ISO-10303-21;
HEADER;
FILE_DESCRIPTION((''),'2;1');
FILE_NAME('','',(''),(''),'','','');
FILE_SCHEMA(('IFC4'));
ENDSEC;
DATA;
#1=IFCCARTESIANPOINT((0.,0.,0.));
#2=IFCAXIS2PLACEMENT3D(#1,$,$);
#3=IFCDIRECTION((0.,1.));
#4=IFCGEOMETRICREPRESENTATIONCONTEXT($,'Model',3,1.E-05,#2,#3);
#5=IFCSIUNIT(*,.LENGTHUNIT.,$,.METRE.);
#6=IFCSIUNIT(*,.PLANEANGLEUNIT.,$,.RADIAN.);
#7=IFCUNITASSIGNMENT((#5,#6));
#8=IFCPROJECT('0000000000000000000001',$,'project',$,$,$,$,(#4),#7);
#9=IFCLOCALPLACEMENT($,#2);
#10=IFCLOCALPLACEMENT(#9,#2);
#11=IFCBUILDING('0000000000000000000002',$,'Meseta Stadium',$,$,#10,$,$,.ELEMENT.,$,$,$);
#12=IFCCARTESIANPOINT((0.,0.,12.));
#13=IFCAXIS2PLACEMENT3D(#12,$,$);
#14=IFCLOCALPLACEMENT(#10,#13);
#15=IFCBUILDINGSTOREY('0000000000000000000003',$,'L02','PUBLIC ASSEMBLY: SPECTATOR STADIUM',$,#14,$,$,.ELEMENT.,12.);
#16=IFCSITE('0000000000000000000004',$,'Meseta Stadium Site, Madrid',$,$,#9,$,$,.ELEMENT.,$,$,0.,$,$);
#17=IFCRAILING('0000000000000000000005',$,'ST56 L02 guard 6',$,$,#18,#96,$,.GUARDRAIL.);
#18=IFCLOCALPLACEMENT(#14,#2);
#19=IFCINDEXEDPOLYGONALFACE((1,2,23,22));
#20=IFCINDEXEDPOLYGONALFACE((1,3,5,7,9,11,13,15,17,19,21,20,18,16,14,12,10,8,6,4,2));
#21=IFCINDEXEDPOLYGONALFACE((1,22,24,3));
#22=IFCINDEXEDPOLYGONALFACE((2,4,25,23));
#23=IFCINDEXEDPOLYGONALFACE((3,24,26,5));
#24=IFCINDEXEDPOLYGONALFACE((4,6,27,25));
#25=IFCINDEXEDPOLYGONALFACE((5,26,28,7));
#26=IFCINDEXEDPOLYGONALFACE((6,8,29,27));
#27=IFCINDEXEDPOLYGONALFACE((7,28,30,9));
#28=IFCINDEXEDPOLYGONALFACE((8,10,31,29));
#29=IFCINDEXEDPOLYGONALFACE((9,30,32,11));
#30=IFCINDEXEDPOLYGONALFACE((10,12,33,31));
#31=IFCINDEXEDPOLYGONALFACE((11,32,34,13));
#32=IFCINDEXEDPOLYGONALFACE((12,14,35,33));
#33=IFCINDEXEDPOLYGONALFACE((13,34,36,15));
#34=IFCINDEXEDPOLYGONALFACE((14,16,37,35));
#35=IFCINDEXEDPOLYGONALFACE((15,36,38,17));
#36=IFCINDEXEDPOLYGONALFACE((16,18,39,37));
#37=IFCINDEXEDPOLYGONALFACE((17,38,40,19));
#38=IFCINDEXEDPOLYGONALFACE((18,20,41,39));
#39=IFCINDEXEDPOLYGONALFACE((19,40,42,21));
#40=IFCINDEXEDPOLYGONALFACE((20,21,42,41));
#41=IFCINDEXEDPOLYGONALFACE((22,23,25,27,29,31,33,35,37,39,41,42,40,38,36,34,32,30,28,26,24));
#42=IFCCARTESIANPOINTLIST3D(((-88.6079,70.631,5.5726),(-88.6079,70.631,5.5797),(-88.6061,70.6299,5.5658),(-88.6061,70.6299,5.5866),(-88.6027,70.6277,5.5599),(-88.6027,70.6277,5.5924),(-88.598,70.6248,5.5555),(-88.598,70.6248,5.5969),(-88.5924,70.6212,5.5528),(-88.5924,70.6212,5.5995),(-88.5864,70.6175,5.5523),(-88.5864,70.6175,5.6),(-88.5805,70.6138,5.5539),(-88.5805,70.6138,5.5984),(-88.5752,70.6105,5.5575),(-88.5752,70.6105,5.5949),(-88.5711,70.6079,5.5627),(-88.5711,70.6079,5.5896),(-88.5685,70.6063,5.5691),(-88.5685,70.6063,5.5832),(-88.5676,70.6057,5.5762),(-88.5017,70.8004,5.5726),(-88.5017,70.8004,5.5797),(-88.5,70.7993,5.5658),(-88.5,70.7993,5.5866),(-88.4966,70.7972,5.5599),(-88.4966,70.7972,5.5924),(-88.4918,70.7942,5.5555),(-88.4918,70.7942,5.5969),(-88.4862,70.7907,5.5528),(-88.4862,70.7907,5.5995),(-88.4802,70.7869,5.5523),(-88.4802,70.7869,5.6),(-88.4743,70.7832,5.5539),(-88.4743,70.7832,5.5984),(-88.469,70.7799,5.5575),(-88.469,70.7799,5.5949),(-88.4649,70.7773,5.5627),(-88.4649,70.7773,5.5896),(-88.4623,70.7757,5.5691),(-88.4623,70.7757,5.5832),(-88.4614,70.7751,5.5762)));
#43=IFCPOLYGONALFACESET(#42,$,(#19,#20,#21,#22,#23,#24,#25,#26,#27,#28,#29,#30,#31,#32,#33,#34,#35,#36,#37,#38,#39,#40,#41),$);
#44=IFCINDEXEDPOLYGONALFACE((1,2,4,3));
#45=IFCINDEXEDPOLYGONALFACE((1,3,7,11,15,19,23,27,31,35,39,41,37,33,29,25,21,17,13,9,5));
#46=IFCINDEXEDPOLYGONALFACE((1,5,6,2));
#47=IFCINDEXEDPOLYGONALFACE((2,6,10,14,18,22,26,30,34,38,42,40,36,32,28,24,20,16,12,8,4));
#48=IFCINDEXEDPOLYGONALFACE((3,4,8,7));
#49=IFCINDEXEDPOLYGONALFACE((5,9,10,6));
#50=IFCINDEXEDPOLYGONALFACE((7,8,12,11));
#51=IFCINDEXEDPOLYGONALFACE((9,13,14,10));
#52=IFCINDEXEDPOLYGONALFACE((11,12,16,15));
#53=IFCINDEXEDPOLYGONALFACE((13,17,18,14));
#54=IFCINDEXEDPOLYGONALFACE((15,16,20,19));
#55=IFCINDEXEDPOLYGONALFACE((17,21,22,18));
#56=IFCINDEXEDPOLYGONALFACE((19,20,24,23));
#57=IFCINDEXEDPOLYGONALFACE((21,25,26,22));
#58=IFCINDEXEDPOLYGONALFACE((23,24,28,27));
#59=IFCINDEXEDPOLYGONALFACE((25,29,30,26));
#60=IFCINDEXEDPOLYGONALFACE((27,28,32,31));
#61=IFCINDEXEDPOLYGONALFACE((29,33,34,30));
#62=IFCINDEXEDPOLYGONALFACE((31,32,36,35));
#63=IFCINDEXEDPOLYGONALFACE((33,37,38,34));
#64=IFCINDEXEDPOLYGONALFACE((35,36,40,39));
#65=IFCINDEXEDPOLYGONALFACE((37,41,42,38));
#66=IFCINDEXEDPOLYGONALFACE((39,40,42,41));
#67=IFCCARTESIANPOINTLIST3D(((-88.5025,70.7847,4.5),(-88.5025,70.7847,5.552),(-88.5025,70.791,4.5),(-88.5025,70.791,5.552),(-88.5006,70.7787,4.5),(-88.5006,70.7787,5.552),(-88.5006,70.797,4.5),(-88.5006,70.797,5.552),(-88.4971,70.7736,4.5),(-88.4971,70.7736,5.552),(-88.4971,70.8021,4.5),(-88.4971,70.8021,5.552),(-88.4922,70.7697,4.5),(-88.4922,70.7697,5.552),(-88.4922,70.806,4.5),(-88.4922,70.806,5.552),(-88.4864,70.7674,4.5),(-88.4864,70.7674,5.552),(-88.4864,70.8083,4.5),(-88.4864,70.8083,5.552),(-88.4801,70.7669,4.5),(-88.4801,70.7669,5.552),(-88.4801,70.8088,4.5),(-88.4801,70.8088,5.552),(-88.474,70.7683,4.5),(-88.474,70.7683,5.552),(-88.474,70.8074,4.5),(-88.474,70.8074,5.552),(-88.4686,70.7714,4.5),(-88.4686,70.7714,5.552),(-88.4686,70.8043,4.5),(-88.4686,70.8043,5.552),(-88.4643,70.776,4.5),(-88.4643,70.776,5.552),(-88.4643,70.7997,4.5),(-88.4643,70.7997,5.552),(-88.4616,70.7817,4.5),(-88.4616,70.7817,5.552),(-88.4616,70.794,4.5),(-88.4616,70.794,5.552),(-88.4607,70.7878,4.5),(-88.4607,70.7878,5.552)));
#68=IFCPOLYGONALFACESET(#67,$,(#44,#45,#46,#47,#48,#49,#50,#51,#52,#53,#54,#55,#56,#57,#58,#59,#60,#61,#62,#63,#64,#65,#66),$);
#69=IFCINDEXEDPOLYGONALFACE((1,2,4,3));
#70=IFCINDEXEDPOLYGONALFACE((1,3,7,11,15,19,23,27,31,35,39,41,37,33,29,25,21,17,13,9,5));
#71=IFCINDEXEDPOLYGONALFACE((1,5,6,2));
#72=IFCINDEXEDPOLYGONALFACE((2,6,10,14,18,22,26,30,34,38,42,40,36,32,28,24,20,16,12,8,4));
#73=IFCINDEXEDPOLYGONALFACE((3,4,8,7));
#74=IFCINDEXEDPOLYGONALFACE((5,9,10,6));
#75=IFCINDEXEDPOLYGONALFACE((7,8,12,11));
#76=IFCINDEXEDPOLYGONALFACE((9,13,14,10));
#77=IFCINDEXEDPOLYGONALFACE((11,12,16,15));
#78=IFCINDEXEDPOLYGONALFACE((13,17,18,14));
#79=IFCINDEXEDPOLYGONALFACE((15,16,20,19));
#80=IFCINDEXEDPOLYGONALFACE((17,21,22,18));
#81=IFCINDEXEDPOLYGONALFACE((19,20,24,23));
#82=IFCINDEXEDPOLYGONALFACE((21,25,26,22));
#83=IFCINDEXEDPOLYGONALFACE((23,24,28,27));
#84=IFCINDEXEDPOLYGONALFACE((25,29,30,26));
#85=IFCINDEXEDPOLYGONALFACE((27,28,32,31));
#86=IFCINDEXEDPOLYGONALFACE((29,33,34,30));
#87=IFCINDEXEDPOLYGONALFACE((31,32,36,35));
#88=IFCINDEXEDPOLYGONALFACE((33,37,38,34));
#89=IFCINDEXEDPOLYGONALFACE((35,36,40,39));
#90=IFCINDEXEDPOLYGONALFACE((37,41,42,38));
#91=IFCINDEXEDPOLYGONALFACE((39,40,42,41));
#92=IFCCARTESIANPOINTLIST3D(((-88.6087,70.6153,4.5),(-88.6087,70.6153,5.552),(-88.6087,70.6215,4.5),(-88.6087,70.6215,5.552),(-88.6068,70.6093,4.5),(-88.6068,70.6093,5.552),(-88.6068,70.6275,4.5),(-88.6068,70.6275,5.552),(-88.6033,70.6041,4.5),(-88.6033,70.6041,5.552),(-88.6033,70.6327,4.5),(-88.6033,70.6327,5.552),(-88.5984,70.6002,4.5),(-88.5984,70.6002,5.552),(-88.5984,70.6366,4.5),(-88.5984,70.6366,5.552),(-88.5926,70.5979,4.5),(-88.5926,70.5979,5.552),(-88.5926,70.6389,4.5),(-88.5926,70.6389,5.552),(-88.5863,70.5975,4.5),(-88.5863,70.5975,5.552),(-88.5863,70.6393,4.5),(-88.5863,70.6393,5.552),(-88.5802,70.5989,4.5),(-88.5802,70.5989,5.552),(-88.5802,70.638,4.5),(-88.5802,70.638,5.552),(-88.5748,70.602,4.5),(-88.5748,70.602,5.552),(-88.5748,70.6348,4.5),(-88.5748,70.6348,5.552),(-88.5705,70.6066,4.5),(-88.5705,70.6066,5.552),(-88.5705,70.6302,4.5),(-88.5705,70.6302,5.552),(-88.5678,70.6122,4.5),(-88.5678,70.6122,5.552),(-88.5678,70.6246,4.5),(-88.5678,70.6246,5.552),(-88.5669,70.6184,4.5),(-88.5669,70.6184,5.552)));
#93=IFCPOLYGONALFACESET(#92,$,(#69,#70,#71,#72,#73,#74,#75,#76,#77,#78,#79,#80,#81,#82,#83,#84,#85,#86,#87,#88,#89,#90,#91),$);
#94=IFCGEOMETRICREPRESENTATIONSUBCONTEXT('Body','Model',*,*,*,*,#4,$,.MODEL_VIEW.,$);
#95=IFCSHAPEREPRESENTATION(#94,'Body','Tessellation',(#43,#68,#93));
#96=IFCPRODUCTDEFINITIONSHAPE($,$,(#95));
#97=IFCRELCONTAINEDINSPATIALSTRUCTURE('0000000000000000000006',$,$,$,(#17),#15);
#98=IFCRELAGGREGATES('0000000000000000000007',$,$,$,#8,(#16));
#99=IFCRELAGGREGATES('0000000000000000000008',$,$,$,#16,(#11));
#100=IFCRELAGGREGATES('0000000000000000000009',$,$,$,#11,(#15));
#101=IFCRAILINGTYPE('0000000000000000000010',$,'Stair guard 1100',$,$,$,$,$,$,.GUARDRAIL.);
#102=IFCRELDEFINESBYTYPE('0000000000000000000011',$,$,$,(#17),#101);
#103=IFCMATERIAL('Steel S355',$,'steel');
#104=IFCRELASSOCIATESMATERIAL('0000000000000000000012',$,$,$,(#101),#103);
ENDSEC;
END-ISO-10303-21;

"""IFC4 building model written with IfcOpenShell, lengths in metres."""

from ifc_helpers import new_model, si_unit, direction, frame, origin, origin_2d, place, context, subcontext, project, spatial, circle, extrude, material, type_object, element, save


model = new_model("IFC4")

# Units and contexts
model_context = context("Model", 3, precision=1e-05, world=origin(), true_north=direction((0.0, 1.0)))
body_context = subcontext(model_context, "Body", "Model", "MODEL_VIEW")
ifc_project = project(units=[si_unit("LENGTHUNIT", "METRE"), si_unit("PLANEANGLEUNIT", "RADIAN")], contexts=[model_context])

# Site, building, storey
site_placement = place(None, origin())
site = spatial("IfcSite", under=ifc_project, at=site_placement, Name="Meseta Stadium Site, Madrid", CompositionType="ELEMENT", RefElevation=0.0)
building_placement = place(site_placement, origin())
building = spatial("IfcBuilding", under=site, at=building_placement, Name="Meseta Stadium", CompositionType="ELEMENT")
storey_placement = place(building_placement, frame((0.0, 0.0, 12.0)))
storey = spatial("IfcBuildingStorey", under=building, at=storey_placement, Name="L02", Description="PUBLIC ASSEMBLY: SPECTATOR STADIUM", CompositionType="ELEMENT", Elevation=12.0)

# Railing
ifc_material_1 = material(Name="Steel S355", Category="steel")
railing_type_1 = type_object("IfcRailingType", Name="Stair guard 1100", PredefinedType="GUARDRAIL", material=ifc_material_1)
railing_1_placement = place(storey_placement, frame((-88.4817, 70.7878, 4.5)))
element("IfcRailing", 1, at=railing_1_placement, inside=storey, type_object=railing_type_1, Name="ST56 L02 guard 6", PredefinedType="GUARDRAIL", context=body_context, shape_type="SweptSolid", body=[
    extrude(circle(Radius=0.0239, at=origin_2d()), frame((0.0, 0.0, 1.0762), z_axis=(-0.531096, -0.847312, 0.0), x_axis=(0.847312, -0.531096, 0.0)), (0.0, 0.0, 1.0), 0.2),
    extrude(circle(Radius=0.021, at=origin_2d()), origin(), (0.0, 0.0, 1.0), 1.052),
    extrude(circle(Radius=0.021, at=origin_2d()), frame((-0.1062, -0.1694, 0.0)), (0.0, 0.0, 1.0), 1.052),
])

save(model, "model.ifc")
